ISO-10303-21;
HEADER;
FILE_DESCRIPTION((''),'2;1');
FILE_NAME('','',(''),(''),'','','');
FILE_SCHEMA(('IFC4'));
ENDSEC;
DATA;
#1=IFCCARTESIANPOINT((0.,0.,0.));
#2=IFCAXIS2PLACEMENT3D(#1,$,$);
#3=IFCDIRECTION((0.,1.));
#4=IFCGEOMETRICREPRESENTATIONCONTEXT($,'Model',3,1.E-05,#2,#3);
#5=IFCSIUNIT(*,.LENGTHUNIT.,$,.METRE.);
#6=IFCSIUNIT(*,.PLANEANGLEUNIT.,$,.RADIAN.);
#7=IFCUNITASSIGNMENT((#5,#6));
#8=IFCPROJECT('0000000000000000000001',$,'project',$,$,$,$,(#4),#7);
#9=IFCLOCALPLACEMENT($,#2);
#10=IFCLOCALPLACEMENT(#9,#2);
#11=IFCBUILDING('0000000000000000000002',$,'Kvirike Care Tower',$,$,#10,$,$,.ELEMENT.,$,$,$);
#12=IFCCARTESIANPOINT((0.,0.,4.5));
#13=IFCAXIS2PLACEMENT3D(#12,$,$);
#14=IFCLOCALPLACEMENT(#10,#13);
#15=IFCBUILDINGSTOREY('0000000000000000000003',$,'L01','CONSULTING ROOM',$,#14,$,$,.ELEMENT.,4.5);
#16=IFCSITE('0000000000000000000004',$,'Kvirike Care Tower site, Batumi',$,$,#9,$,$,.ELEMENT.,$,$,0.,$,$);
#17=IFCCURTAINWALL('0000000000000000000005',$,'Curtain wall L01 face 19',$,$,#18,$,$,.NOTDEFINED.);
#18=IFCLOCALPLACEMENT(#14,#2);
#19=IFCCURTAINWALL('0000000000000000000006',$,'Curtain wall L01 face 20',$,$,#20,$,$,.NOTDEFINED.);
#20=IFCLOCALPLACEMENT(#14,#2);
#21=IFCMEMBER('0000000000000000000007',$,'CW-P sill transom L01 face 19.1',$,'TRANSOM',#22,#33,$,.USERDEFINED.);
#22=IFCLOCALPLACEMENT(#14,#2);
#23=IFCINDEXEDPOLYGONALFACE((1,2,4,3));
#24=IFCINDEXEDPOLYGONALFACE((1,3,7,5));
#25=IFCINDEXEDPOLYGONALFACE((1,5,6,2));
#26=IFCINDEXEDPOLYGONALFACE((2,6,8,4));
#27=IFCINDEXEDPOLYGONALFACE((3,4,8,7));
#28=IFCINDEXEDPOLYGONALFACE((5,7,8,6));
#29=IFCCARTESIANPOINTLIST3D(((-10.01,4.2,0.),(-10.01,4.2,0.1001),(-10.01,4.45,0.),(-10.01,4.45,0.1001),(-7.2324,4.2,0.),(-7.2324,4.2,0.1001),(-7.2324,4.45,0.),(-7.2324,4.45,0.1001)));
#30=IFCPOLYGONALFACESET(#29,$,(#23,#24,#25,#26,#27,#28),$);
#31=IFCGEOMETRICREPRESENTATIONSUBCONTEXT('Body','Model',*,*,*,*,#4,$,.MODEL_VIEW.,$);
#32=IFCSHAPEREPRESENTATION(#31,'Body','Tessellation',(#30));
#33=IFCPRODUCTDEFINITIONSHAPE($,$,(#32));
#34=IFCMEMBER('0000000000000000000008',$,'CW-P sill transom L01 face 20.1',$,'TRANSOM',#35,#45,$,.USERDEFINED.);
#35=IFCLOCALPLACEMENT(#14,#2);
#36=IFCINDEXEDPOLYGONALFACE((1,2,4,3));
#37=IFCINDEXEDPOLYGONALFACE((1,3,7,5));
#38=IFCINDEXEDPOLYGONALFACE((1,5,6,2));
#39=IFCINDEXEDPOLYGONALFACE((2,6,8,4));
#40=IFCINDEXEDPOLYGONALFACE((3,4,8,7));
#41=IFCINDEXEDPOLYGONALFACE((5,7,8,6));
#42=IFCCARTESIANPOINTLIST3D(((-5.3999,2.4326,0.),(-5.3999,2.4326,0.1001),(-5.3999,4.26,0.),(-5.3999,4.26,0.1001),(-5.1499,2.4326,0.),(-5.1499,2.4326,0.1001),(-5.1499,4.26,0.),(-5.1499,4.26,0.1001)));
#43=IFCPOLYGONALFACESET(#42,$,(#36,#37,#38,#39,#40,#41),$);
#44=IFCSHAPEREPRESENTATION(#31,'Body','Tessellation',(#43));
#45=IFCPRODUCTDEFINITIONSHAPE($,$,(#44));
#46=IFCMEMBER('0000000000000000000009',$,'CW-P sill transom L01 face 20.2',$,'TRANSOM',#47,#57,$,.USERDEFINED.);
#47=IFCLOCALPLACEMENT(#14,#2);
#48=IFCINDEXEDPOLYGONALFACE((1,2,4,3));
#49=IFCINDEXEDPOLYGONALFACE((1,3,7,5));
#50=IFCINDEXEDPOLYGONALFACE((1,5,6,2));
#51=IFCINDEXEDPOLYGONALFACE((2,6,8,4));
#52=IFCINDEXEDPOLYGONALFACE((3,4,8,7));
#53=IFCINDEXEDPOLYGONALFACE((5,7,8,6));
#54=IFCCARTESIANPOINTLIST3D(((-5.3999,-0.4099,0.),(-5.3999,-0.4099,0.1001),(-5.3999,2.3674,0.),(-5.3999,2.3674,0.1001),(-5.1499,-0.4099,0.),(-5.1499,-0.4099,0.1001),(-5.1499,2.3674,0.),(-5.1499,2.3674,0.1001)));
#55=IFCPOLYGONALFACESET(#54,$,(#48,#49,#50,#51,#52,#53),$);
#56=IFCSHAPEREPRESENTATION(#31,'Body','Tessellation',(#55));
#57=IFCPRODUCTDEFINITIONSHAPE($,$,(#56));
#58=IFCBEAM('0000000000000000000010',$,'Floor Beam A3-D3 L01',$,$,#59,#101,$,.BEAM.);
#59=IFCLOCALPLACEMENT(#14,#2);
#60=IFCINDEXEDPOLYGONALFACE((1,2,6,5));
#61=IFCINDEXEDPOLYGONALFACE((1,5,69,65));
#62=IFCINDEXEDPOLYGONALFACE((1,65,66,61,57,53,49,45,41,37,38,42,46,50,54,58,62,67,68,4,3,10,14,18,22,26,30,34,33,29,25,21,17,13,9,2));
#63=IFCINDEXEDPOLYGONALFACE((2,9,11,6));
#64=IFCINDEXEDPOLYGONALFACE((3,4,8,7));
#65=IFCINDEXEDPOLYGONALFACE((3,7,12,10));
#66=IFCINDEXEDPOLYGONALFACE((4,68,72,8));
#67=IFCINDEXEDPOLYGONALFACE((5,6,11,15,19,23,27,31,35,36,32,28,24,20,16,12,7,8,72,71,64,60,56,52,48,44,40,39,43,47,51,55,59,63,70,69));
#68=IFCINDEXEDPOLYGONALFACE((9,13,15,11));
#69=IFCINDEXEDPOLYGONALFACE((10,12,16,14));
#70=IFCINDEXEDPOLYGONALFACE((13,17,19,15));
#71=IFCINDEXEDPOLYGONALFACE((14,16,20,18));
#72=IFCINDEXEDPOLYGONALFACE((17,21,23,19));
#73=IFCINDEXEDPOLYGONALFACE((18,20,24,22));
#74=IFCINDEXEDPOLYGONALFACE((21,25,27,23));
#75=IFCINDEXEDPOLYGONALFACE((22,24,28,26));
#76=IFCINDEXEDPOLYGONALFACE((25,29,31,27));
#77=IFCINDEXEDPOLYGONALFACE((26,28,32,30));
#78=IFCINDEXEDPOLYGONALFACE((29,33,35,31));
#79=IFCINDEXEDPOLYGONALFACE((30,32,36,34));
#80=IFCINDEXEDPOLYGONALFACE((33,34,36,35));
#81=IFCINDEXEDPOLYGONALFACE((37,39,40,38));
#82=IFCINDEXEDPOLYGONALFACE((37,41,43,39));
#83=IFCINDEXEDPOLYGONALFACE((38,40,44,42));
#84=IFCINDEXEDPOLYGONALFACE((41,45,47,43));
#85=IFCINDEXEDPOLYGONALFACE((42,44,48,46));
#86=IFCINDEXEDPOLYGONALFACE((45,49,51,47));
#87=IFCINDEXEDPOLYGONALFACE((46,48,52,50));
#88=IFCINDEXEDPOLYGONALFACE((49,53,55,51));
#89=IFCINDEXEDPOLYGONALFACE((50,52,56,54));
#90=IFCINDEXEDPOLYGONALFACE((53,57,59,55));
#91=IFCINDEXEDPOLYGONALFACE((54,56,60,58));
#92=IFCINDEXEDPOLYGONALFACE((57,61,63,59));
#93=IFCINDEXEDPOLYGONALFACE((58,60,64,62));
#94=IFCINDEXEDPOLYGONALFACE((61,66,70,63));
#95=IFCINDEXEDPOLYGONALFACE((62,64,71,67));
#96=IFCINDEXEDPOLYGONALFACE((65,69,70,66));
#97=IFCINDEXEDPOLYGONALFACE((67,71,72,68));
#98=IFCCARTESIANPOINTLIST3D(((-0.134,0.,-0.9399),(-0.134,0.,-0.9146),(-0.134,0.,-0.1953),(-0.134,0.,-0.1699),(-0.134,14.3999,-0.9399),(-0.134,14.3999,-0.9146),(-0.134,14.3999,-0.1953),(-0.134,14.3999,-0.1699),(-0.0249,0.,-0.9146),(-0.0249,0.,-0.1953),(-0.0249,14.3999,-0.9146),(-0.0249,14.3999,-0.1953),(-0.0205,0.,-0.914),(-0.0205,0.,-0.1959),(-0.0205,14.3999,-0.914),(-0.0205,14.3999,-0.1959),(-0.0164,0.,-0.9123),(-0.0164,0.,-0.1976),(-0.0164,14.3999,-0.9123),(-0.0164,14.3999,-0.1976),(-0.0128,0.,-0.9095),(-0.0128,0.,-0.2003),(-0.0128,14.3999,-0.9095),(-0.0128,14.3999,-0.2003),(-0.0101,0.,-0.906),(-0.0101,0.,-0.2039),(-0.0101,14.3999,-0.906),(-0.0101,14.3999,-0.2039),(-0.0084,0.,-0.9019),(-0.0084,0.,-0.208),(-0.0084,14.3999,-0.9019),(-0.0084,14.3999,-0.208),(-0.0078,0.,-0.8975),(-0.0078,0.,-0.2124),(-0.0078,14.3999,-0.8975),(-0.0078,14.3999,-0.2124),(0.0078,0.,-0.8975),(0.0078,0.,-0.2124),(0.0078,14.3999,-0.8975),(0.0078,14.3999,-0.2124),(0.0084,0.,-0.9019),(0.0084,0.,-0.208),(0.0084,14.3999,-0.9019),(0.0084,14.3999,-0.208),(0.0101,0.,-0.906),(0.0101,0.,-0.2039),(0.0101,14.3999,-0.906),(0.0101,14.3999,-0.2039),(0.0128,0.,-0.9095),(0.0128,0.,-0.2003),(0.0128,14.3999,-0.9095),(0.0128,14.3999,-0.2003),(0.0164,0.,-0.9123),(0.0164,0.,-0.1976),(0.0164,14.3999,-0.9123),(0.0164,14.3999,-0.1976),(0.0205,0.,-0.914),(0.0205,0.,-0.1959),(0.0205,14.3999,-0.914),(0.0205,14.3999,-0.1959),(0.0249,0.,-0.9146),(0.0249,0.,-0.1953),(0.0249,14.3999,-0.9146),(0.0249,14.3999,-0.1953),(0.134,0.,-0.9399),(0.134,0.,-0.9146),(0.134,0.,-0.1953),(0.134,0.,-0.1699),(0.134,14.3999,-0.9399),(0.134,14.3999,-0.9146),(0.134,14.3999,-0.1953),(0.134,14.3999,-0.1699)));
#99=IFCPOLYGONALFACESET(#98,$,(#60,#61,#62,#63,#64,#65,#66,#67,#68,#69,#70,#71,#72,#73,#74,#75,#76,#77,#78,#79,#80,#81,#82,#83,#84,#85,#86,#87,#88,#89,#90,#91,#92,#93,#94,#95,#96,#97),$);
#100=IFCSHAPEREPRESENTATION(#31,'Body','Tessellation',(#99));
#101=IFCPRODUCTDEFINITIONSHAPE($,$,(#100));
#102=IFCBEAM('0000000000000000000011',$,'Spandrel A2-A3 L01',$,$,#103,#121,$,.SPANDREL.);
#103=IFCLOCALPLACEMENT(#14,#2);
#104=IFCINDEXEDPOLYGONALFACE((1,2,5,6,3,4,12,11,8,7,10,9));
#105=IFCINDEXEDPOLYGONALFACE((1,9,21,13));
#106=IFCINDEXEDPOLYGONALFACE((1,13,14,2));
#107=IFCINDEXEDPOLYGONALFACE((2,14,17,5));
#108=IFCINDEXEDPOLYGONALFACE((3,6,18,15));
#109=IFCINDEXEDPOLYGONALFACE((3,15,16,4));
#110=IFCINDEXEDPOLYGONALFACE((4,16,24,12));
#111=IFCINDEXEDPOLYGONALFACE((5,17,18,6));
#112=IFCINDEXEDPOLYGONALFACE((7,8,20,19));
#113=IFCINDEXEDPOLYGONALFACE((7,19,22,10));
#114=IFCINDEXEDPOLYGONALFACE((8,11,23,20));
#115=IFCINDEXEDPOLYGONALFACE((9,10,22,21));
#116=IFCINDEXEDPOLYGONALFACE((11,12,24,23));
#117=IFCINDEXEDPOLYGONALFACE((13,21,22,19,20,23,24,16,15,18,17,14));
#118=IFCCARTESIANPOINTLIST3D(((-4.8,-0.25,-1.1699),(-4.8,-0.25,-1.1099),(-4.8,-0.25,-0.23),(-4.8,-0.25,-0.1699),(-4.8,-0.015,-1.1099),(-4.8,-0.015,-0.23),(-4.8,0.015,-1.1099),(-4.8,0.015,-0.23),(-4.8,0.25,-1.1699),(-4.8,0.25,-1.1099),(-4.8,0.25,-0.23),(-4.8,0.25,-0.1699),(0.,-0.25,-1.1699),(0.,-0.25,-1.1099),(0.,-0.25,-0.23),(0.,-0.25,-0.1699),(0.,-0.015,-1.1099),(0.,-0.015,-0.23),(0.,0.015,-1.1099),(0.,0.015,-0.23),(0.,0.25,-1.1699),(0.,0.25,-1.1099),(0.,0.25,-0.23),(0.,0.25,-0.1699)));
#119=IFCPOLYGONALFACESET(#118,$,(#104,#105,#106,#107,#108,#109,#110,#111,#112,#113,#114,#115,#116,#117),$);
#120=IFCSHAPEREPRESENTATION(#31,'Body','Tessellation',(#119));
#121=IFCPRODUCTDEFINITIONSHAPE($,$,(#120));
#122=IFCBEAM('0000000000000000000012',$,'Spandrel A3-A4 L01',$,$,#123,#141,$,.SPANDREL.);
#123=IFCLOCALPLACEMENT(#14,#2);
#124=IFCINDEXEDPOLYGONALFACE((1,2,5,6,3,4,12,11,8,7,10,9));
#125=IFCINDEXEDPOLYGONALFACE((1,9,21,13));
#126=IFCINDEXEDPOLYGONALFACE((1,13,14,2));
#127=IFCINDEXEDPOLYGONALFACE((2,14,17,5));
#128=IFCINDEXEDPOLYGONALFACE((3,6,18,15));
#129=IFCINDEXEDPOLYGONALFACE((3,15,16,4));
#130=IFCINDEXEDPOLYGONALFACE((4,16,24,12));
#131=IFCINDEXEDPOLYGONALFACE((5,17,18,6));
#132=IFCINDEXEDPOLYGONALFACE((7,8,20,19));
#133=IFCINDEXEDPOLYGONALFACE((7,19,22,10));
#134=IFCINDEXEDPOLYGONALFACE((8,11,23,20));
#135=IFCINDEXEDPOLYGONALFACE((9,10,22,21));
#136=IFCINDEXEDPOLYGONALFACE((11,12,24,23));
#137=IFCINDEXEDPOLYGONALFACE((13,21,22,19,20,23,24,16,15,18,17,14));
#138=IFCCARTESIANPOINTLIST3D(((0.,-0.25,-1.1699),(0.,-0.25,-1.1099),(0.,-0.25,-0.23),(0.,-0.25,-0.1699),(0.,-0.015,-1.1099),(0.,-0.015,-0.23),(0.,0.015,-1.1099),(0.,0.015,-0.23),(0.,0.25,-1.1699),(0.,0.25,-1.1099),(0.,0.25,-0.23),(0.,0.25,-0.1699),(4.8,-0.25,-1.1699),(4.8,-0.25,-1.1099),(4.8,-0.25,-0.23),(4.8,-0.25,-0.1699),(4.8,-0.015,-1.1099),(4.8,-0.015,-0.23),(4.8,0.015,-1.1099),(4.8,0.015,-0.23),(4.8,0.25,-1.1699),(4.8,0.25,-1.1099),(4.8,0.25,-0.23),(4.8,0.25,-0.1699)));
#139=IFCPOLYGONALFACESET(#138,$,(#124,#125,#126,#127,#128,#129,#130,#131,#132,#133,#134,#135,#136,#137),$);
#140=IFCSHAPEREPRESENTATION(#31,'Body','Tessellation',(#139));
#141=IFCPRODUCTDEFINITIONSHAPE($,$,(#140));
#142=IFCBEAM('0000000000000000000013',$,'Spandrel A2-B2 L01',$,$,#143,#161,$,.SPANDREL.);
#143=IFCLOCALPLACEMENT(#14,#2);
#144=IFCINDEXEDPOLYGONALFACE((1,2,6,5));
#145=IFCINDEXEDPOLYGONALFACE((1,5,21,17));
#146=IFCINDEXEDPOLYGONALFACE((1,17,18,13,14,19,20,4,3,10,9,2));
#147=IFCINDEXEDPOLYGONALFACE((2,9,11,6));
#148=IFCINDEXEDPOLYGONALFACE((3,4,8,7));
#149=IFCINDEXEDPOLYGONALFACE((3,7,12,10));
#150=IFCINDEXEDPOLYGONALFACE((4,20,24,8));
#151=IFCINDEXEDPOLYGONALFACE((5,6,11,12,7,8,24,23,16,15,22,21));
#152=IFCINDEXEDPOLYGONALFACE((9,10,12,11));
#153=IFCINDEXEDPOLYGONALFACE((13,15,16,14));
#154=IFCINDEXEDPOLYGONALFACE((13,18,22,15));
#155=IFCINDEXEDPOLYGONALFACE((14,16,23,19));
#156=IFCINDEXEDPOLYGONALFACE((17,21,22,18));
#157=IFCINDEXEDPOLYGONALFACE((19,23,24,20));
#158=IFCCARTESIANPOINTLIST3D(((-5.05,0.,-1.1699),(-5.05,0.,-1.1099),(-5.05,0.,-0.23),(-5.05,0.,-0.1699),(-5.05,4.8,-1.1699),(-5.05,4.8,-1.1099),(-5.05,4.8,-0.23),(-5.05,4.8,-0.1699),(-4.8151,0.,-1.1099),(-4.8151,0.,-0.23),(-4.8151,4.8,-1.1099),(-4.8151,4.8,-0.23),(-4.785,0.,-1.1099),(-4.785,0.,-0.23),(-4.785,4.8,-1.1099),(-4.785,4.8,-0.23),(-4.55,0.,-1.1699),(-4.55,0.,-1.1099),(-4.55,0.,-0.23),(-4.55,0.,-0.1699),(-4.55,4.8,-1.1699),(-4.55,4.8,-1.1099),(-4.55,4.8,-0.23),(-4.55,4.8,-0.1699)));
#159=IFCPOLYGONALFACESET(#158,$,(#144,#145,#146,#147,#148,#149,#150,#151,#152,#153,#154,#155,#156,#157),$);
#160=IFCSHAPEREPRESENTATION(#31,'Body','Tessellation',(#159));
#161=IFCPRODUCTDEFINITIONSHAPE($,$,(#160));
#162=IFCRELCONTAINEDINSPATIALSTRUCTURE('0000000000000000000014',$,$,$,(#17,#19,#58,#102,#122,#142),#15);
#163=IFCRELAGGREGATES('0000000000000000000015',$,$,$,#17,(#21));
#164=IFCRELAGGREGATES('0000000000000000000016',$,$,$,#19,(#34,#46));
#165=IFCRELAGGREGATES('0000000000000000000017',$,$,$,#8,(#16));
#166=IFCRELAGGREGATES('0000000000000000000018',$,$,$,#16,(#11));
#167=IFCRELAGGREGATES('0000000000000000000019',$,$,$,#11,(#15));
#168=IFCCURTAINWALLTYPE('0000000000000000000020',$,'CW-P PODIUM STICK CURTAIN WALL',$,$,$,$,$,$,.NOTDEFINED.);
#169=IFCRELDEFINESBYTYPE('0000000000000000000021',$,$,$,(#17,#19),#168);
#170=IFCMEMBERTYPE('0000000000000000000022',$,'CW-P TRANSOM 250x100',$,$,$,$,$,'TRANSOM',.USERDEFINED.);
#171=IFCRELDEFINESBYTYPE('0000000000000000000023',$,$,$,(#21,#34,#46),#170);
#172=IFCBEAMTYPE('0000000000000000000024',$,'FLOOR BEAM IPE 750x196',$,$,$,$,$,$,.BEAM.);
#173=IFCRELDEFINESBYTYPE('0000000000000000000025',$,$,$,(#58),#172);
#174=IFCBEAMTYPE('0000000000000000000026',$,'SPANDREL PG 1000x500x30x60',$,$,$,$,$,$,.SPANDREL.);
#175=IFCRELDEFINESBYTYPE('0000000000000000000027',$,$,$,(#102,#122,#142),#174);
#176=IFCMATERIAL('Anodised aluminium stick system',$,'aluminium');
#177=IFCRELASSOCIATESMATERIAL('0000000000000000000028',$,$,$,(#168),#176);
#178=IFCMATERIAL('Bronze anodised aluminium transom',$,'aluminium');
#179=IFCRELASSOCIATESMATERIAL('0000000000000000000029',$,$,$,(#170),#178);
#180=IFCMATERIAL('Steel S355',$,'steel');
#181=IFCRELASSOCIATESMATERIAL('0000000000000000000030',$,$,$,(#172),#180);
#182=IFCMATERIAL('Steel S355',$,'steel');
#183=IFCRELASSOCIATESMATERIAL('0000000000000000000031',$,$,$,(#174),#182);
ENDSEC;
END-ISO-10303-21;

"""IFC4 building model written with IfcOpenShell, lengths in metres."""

from ifc_helpers import new_model, si_unit, direction, frame, origin, origin_2d, place, context, subcontext, project, spatial, rectangle, i_section, extrude, material, material_profile, profile_set, type_object, element, aggregate, save


model = new_model("IFC4")

# Units and contexts
model_context = context("Model", 3, precision=1e-05, world=origin(), true_north=direction((0.0, 1.0)))
body_context = subcontext(model_context, "Body", "Model", "MODEL_VIEW")
ifc_project = project(units=[si_unit("LENGTHUNIT", "METRE"), si_unit("PLANEANGLEUNIT", "RADIAN")], contexts=[model_context])

# Site, building, storey
site_placement = place(None, origin())
site = spatial("IfcSite", under=ifc_project, at=site_placement, Name="Kvirike Care Tower site, Batumi", CompositionType="ELEMENT", RefElevation=0.0)
building_placement = place(site_placement, origin())
building = spatial("IfcBuilding", under=site, at=building_placement, Name="Kvirike Care Tower", CompositionType="ELEMENT")
storey_placement = place(building_placement, frame((0.0, 0.0, 4.5)))
storey = spatial("IfcBuildingStorey", under=building, at=storey_placement, Name="L01", Description="CONSULTING ROOM", CompositionType="ELEMENT", Elevation=4.5)

# Shared definitions
ifc_material_1 = material(Name="Anodised aluminium stick system", Category="aluminium")
curtain_wall_type = type_object("IfcCurtainWallType", Name="CW-P PODIUM STICK CURTAIN WALL", PredefinedType="NOTDEFINED", material=ifc_material_1)

# Curtain wall
curtain_wall_1_placement = place(storey_placement, origin())
curtain_wall_1 = element("IfcCurtainWall", 1, at=curtain_wall_1_placement, inside=storey, type_object=curtain_wall_type, Name="Curtain wall L01 face 19", PredefinedType="NOTDEFINED")

# Curtain wall
curtain_wall_2_placement = place(storey_placement, origin())
curtain_wall_2 = element("IfcCurtainWall", 2, at=curtain_wall_2_placement, inside=storey, type_object=curtain_wall_type, Name="Curtain wall L01 face 20", PredefinedType="NOTDEFINED")

# Members
ifc_material_2 = material(Name="Bronze anodised aluminium transom", Category="aluminium")
ifc_material_profile_1 = material_profile(ifc_material_2, rectangle(XDim=0.25, YDim=0.1001, at=origin_2d()), Name="CW-P TRANSOM 250x100")
ifc_profile_set_1 = profile_set([ifc_material_profile_1], Name="Bronze anodised aluminium transom")
member_type_1 = type_object("IfcMemberType", Name="CW-P TRANSOM 250x100", ElementType="TRANSOM", PredefinedType="USERDEFINED", material=ifc_profile_set_1)
member_1_placement = place(storey_placement, frame((-10.01, 4.325, 0.05), z_axis=(1.0, 0.0, 0.0), x_axis=(0.0, 1.0, 0.0)))
member_1 = element("IfcMember", 3, at=member_1_placement, type_object=member_type_1, Name="CW-P sill transom L01 face 19.1", ObjectType="TRANSOM", PredefinedType="USERDEFINED", context=body_context, shape_type="SweptSolid", body=[
    extrude(rectangle(XDim=0.25, YDim=0.1001, at=origin_2d()), origin(), (0.0, 0.0, 1.0), 2.7776),
])
aggregate(curtain_wall_1, [member_1])
member_2_placement = place(storey_placement, frame((-5.2749, 4.26, 0.05), z_axis=(0.0, -1.0, 0.0), x_axis=(1.0, 0.0, 0.0)))
member_2 = element("IfcMember", 4, at=member_2_placement, type_object=member_type_1, Name="CW-P sill transom L01 face 20.1", ObjectType="TRANSOM", PredefinedType="USERDEFINED", context=body_context, shape_type="SweptSolid", body=[
    extrude(rectangle(XDim=0.25, YDim=0.1001, at=origin_2d()), origin(), (0.0, 0.0, 1.0), 1.8274),
])
member_3_placement = place(storey_placement, frame((-5.2749, 2.3674, 0.05), z_axis=(0.0, -1.0, 0.0), x_axis=(1.0, 0.0, 0.0)))
member_3 = element("IfcMember", 5, at=member_3_placement, type_object=member_type_1, Name="CW-P sill transom L01 face 20.2", ObjectType="TRANSOM", PredefinedType="USERDEFINED", context=body_context, shape_type="SweptSolid", body=[
    extrude(rectangle(XDim=0.25, YDim=0.1001, at=origin_2d()), origin(), (0.0, 0.0, 1.0), 2.7773),
])

# Beams
ifc_material_3 = material(Name="Steel S355", Category="steel")
ifc_material_profile_2 = material_profile(ifc_material_3, i_section(OverallWidth=0.2681, OverallDepth=0.77, WebThickness=0.0156, FlangeThickness=0.0254, FilletRadius=0.0171, at=origin_2d()), Name="IPE 750x196")
ifc_profile_set_2 = profile_set([ifc_material_profile_2], Name="Steel S355")
beam_type_1 = type_object("IfcBeamType", Name="FLOOR BEAM IPE 750x196", PredefinedType="BEAM", material=ifc_profile_set_2)
beam_placement = place(storey_placement, frame((0.0, 0.0, -0.5549), z_axis=(0.0, 1.0, 0.0), x_axis=(-1.0, 0.0, 0.0)))
element("IfcBeam", 6, at=beam_placement, inside=storey, type_object=beam_type_1, Name="Floor Beam A3-D3 L01", PredefinedType="BEAM", context=body_context, shape_type="SweptSolid", body=[
    extrude(i_section(OverallWidth=0.2681, OverallDepth=0.77, WebThickness=0.0156, FlangeThickness=0.0254, FilletRadius=0.0171, at=origin_2d()), origin(), (0.0, 0.0, 1.0), 14.3999),
])
ifc_material_4 = material(Name="Steel S355", Category="steel")
ifc_material_profile_3 = material_profile(ifc_material_4, i_section(OverallWidth=0.5, OverallDepth=1.0, WebThickness=0.03, FlangeThickness=0.0601, at=origin_2d()), Name="PG 1000x500x30x60")
ifc_profile_set_3 = profile_set([ifc_material_profile_3], Name="Steel S355")
beam_type_2 = type_object("IfcBeamType", Name="SPANDREL PG 1000x500x30x60", PredefinedType="SPANDREL", material=ifc_profile_set_3)
for number, where, z_axis, x_axis, name in (
    (7, (-4.8, 0.0, -0.6699), (1.0, 0.0, 0.0), (0.0, 1.0, 0.0), "Spandrel A2-A3 L01"),
    (8, (0.0, 0.0, -0.6699), (1.0, 0.0, 0.0), (0.0, 1.0, 0.0), "Spandrel A3-A4 L01"),
    (9, (-4.8, 0.0, -0.6699), (0.0, 1.0, 0.0), (-1.0, 0.0, 0.0), "Spandrel A2-B2 L01"),
):
    element("IfcBeam", number, at=place(storey_placement, frame(where, z_axis=z_axis, x_axis=x_axis)), inside=storey, type_object=beam_type_2, Name=name, PredefinedType="SPANDREL", context=body_context, shape_type="SweptSolid", body=[
        extrude(i_section(OverallWidth=0.5, OverallDepth=1.0, WebThickness=0.03, FlangeThickness=0.0601, at=origin_2d()), origin(), (0.0, 0.0, 1.0), 4.8),
    ])

aggregate(curtain_wall_2, [member_2, member_3])

save(model, "model.ifc")
